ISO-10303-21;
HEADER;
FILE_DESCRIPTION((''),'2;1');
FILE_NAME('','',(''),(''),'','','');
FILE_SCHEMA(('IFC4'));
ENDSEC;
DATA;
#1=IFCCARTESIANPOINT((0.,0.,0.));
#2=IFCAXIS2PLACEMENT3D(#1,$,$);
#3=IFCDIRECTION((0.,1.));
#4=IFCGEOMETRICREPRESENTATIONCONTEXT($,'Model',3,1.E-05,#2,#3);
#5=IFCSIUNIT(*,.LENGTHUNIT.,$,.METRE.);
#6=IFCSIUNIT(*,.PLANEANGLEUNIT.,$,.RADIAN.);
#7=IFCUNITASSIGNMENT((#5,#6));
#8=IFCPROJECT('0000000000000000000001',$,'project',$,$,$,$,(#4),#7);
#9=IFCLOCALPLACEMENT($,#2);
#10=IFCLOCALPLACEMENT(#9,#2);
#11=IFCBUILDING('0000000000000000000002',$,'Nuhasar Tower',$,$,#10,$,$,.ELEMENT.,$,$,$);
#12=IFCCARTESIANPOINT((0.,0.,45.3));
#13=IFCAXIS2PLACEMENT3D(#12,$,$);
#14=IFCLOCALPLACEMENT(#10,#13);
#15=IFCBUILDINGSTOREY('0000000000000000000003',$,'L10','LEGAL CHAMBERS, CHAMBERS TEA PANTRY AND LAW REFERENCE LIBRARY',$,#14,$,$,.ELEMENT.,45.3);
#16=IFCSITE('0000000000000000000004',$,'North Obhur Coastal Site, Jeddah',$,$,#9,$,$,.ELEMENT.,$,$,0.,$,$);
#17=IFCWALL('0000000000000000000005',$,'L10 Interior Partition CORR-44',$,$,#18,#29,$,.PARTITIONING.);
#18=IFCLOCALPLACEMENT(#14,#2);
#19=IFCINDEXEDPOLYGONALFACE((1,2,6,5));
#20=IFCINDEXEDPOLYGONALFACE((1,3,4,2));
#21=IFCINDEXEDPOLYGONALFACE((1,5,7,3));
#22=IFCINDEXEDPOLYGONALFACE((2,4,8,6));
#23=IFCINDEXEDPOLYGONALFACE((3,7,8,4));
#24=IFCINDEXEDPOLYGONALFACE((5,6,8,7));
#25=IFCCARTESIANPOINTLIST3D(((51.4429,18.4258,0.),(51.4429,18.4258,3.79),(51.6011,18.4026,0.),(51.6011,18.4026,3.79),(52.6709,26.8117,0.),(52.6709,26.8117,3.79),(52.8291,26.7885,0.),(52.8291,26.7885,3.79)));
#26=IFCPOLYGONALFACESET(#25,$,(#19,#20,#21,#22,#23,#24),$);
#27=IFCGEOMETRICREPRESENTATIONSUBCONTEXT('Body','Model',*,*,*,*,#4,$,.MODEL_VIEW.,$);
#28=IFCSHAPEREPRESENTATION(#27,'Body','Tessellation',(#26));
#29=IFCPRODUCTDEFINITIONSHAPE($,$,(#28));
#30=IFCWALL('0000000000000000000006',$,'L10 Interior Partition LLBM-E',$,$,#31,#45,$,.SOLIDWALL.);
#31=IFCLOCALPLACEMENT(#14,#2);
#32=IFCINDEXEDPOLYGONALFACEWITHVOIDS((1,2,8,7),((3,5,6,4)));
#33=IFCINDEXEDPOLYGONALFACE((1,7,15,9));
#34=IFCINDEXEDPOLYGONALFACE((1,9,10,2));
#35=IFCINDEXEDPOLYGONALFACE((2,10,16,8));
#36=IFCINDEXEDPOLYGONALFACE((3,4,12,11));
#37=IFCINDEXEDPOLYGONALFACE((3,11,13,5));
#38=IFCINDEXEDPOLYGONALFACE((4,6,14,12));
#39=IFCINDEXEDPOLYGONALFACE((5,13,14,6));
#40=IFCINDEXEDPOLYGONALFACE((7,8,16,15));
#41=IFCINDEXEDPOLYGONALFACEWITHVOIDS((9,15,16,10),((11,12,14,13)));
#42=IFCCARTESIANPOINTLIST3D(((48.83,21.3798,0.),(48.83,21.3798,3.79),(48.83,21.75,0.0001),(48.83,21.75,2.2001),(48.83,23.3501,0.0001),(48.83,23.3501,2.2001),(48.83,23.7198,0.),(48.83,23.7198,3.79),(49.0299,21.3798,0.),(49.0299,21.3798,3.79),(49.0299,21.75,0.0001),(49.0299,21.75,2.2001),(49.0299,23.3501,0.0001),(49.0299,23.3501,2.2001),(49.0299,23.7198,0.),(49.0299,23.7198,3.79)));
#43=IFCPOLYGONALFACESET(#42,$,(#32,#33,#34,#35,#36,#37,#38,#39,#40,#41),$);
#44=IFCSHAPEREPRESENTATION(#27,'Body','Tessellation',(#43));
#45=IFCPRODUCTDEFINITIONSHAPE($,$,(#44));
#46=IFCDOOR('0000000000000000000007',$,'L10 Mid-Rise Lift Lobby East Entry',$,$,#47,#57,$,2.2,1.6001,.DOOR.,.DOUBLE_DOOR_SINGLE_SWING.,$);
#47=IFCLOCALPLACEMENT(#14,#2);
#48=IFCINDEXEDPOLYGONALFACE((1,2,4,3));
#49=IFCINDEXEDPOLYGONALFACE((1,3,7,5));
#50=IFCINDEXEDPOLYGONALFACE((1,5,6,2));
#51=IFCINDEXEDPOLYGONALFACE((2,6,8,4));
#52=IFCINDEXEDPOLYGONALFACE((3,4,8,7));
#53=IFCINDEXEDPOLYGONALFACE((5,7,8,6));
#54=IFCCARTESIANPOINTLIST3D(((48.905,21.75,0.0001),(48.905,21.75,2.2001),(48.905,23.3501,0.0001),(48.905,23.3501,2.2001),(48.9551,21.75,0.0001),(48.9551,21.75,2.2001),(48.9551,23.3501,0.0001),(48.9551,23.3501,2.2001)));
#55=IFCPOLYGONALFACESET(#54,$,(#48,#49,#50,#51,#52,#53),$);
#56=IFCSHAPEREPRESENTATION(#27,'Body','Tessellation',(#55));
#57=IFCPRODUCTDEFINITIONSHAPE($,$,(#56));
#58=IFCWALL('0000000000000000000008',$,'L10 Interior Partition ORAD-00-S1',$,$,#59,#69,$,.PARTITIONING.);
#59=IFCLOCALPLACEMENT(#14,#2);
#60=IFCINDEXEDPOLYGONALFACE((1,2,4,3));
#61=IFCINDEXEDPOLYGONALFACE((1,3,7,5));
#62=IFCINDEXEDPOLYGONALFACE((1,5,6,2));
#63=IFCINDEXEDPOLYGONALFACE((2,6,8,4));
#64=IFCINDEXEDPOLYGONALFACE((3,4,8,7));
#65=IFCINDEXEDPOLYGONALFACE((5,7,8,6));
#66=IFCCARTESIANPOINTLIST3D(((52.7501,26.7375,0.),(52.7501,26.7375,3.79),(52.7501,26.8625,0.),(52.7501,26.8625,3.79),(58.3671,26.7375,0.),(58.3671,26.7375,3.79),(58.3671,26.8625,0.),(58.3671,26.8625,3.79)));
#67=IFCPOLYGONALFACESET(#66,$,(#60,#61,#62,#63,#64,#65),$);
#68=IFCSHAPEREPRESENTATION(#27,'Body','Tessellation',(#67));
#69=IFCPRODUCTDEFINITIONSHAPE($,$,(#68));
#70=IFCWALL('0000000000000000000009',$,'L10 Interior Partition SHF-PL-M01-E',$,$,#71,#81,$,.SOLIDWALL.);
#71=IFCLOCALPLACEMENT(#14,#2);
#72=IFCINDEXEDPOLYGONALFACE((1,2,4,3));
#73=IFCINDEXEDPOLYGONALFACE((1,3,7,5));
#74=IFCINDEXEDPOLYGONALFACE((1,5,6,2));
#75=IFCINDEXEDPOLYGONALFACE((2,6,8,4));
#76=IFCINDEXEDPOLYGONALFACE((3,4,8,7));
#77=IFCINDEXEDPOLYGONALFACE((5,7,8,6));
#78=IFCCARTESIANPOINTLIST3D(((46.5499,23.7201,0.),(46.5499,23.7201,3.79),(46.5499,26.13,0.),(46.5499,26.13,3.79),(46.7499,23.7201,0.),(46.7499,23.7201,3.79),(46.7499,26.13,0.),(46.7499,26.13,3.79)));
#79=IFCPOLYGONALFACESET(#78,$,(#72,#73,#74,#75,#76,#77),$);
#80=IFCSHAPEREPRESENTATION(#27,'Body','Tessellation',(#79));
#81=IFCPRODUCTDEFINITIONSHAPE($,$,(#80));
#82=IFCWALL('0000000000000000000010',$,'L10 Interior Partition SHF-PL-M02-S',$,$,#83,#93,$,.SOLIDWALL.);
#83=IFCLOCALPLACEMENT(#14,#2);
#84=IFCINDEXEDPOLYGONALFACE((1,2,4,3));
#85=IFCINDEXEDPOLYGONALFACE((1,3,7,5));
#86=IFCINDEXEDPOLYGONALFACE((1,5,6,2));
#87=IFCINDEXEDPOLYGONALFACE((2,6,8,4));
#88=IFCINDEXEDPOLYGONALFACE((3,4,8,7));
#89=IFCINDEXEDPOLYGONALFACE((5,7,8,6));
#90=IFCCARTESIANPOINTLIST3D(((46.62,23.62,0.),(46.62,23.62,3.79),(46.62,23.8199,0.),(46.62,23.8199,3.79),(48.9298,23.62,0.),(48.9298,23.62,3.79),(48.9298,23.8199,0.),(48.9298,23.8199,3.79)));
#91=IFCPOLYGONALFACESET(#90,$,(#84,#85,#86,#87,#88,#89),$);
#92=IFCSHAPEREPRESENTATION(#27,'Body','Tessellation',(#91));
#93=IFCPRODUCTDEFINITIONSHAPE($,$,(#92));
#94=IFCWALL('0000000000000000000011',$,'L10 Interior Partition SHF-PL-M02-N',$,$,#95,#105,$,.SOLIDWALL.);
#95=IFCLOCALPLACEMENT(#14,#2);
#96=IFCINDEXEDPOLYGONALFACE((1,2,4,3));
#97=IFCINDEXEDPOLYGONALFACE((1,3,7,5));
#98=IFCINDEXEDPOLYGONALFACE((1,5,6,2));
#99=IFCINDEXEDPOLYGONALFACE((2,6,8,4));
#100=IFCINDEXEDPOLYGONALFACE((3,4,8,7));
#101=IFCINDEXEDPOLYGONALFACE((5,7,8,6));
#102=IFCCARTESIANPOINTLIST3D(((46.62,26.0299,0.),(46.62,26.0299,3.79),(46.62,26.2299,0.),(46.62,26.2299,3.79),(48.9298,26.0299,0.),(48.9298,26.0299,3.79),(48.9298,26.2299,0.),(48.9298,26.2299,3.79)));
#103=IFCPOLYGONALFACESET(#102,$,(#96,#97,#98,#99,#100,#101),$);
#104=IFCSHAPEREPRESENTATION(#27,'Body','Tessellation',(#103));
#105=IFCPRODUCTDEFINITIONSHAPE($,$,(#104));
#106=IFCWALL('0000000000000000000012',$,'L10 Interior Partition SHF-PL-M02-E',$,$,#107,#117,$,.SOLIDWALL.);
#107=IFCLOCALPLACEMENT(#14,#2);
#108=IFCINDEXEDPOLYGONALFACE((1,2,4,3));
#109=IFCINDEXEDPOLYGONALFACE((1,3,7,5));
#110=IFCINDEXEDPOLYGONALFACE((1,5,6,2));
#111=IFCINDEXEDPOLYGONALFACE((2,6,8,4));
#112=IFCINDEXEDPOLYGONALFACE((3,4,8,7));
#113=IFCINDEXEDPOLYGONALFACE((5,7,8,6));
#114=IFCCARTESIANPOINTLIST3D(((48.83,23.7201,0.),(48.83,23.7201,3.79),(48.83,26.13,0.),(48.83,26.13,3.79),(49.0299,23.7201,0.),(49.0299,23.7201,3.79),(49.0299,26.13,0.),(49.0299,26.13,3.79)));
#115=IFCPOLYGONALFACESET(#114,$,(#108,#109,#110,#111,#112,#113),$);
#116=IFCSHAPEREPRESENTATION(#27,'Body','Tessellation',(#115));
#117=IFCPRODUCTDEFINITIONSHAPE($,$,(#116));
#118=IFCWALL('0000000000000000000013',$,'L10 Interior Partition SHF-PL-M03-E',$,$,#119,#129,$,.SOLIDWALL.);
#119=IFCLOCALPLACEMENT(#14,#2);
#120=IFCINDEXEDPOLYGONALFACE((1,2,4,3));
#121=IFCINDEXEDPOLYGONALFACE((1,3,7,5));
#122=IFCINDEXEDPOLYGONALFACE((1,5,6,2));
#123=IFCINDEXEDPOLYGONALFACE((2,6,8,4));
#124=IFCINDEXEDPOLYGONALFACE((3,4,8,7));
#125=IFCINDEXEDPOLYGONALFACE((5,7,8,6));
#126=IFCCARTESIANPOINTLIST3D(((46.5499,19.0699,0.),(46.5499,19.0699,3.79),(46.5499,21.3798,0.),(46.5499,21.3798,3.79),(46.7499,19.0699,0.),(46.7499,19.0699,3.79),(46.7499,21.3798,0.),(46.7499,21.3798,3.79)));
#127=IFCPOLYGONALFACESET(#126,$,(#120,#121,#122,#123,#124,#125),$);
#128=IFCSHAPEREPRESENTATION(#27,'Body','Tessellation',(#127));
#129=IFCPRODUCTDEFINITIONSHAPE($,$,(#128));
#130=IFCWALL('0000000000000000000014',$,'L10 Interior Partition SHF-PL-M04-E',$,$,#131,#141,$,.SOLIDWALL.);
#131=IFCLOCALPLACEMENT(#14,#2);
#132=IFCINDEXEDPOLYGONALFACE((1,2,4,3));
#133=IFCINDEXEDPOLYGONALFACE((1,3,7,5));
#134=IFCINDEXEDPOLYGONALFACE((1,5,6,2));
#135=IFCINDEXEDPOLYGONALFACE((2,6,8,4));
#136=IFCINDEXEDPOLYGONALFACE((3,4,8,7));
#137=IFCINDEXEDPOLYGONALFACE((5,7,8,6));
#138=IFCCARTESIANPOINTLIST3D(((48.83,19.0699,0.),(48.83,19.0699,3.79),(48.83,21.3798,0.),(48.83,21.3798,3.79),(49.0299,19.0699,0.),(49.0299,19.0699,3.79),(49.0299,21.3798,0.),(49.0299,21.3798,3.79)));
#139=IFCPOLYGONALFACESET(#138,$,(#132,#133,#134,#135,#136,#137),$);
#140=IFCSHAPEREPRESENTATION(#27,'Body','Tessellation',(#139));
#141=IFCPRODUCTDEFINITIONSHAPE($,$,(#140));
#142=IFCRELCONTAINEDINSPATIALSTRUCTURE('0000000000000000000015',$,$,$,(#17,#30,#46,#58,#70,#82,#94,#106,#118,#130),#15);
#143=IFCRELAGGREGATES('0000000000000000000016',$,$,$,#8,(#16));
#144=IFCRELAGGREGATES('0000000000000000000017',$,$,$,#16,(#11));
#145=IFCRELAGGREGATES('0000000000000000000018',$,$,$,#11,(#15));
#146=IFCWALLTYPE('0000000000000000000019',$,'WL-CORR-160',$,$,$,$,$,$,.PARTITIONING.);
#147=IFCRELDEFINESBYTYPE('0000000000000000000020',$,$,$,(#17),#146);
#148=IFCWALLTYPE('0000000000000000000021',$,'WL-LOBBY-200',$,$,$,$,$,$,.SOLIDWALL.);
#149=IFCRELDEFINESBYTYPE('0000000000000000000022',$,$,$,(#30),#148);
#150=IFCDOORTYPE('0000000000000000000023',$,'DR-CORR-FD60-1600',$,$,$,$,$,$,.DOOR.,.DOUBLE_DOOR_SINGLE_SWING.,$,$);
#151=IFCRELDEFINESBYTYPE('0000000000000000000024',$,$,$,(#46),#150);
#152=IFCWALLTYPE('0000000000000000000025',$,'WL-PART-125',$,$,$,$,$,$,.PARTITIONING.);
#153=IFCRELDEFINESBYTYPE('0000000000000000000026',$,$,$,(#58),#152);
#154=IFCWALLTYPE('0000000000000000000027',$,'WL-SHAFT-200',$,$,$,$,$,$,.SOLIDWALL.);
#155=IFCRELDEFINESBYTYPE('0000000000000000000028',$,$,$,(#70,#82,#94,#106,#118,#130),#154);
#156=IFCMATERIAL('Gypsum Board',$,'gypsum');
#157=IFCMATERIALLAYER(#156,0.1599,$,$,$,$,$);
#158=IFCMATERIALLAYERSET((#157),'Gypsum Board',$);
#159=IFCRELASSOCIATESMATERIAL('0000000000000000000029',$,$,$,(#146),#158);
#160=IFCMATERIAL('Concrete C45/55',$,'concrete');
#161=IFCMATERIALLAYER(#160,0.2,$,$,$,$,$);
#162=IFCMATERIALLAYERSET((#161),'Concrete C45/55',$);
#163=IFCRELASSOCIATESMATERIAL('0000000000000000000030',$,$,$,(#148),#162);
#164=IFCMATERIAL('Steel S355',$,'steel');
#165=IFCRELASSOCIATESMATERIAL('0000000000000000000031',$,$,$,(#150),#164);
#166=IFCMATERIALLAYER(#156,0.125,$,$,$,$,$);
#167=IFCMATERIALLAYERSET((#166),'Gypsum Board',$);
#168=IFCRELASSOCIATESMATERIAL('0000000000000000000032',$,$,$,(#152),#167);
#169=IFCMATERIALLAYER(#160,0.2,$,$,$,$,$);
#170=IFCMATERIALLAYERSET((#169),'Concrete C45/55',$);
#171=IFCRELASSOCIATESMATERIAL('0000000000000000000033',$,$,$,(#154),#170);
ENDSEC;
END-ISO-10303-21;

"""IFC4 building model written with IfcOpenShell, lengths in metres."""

from ifc_helpers import new_model, si_unit, direction, frame, frame_2d, origin, place, context, subcontext, project, spatial, rectangle, extrude, material, layer, layer_set, type_object, element, fill, save


model = new_model("IFC4")

# Units and contexts
model_context = context("Model", 3, precision=1e-05, world=origin(), true_north=direction((0.0, 1.0)))
body_context = subcontext(model_context, "Body", "Model", "MODEL_VIEW")
ifc_project = project(units=[si_unit("LENGTHUNIT", "METRE"), si_unit("PLANEANGLEUNIT", "RADIAN")], contexts=[model_context])

# Site, building, storey
site_placement = place(None, origin())
site = spatial("IfcSite", under=ifc_project, at=site_placement, Name="North Obhur Coastal Site, Jeddah", CompositionType="ELEMENT", RefElevation=0.0)
building_placement = place(site_placement, origin())
building = spatial("IfcBuilding", under=site, at=building_placement, Name="Nuhasar Tower", CompositionType="ELEMENT")
storey_placement = place(building_placement, frame((0.0, 0.0, 45.3)))
storey = spatial("IfcBuildingStorey", under=building, at=storey_placement, Name="L10", Description="LEGAL CHAMBERS, CHAMBERS TEA PANTRY AND LAW REFERENCE LIBRARY", CompositionType="ELEMENT", Elevation=45.3)

# Shared definitions
ifc_material_1 = material(Name="Steel S355", Category="steel")

# Shared definitions
ifc_material_2 = material(Name="Gypsum Board", Category="gypsum")
ifc_layer_1 = layer(ifc_material_2, 0.1599)
ifc_layer_set_1 = layer_set([ifc_layer_1], Name="Gypsum Board")
wall_type_1 = type_object("IfcWallType", Name="WL-CORR-160", PredefinedType="PARTITIONING", material=ifc_layer_set_1)

# Wall
wall_1_placement = place(storey_placement, frame((51.522, 18.4141, 0.0), z_axis=(0.0, 0.0, 1.0), x_axis=(0.144893, 0.989447, 0.0)))
element("IfcWall", 1, at=wall_1_placement, inside=storey, type_object=wall_type_1, Name="L10 Interior Partition CORR-44", PredefinedType="PARTITIONING", context=body_context, shape_type="SweptSolid", body=[
    extrude(rectangle(XDim=8.4753, YDim=0.1599, at=frame_2d((4.2378, 0.0))), origin(), (0.0, 0.0, 1.0), 3.79),
])

# Wall, opening, door
ifc_material_3 = material(Name="Concrete C45/55", Category="concrete")
ifc_layer_2 = layer(ifc_material_3, 0.2)
ifc_layer_set_2 = layer_set([ifc_layer_2], Name="Concrete C45/55")
wall_type_2 = type_object("IfcWallType", Name="WL-LOBBY-200", PredefinedType="SOLIDWALL", material=ifc_layer_set_2)
wall_2_placement = place(storey_placement, frame((48.9299, 21.3799, 0.0), z_axis=(0.0, 0.0, 1.0), x_axis=(0.0, 1.0, 0.0)))
wall_2 = element("IfcWall", 2, at=wall_2_placement, inside=storey, type_object=wall_type_2, Name="L10 Interior Partition LLBM-E", PredefinedType="SOLIDWALL", context=body_context, shape_type="SweptSolid", body=[
    extrude(rectangle(XDim=2.3401, YDim=0.2, at=frame_2d((1.1699, 0.0))), origin(), (0.0, 0.0, 1.0), 3.79),
])
opening_1_placement = place(wall_2_placement, frame((0.3701, 0.0, 0.0)))
opening_1 = element("IfcOpeningElement", 3, at=opening_1_placement, cuts=wall_2, PredefinedType="OPENING", context=body_context, shape_type="SweptSolid", body=[
    extrude(rectangle(XDim=1.6001, YDim=2.2, at=frame_2d((0.8, 1.1001))), frame((0.0, 0.1099, 0.0), z_axis=(0.0, -1.0, 0.0), x_axis=(1.0, 0.0, 0.0)), (0.0, 0.0, 1.0), 0.22),
])
door_type_1 = type_object("IfcDoorType", Name="DR-CORR-FD60-1600", OperationType="DOUBLE_DOOR_SINGLE_SWING", PredefinedType="DOOR", material=ifc_material_1)
door_1_placement = place(opening_1_placement, origin())
door_1 = element("IfcDoor", 4, at=door_1_placement, inside=storey, type_object=door_type_1, Name="L10 Mid-Rise Lift Lobby East Entry", OperationType="DOUBLE_DOOR_SINGLE_SWING", OverallHeight=2.2, OverallWidth=1.6001, PredefinedType="DOOR", context=body_context, shape_type="SweptSolid", body=[
    extrude(rectangle(XDim=1.6001, YDim=2.2, at=frame_2d((0.8, 1.1001))), frame((0.0, 0.0249, 0.0), z_axis=(0.0, -1.0, 0.0), x_axis=(1.0, 0.0, 0.0)), (0.0, 0.0, 1.0), 0.05),
])
fill(opening_1, door_1)

# Walls
ifc_layer_3 = layer(ifc_material_2, 0.125)
ifc_layer_set_3 = layer_set([ifc_layer_3], Name="Gypsum Board")
wall_type_3 = type_object("IfcWallType", Name="WL-PART-125", PredefinedType="PARTITIONING", material=ifc_layer_set_3)
wall_3_placement = place(storey_placement, frame((52.75, 26.8, 0.0), z_axis=(0.0, 0.0, 1.0), x_axis=(1.0, 0.0, 0.0)))
element("IfcWall", 5, at=wall_3_placement, inside=storey, type_object=wall_type_3, Name="L10 Interior Partition ORAD-00-S1", PredefinedType="PARTITIONING", context=body_context, shape_type="SweptSolid", body=[
    extrude(rectangle(XDim=5.6169, YDim=0.125, at=frame_2d((2.8086, 0.0))), origin(), (0.0, 0.0, 1.0), 3.79),
])
ifc_layer_4 = layer(ifc_material_3, 0.2)
ifc_layer_set_4 = layer_set([ifc_layer_4], Name="Concrete C45/55")
wall_type_4 = type_object("IfcWallType", Name="WL-SHAFT-200", PredefinedType="SOLIDWALL", material=ifc_layer_set_4)
wall_4_placement = place(storey_placement, frame((46.6499, 23.72, 0.0), z_axis=(0.0, 0.0, 1.0), x_axis=(0.0, 1.0, 0.0)))
element("IfcWall", 6, at=wall_4_placement, inside=storey, type_object=wall_type_4, Name="L10 Interior Partition SHF-PL-M01-E", PredefinedType="SOLIDWALL", context=body_context, shape_type="SweptSolid", body=[
    extrude(rectangle(XDim=2.4099, YDim=0.2, at=frame_2d((1.2051, 0.0))), origin(), (0.0, 0.0, 1.0), 3.79),
])
for number, where, z_axis, x_axis, name in (
    (7, (46.6201, 23.72, 0.0), (0.0, 0.0, 1.0), (1.0, 0.0, 0.0), "L10 Interior Partition SHF-PL-M02-S"),
    (8, (46.6201, 26.1299, 0.0), (0.0, 0.0, 1.0), (1.0, 0.0, 0.0), "L10 Interior Partition SHF-PL-M02-N"),
):
    element("IfcWall", number, at=place(storey_placement, frame(where, z_axis=z_axis, x_axis=x_axis)), inside=storey, type_object=wall_type_4, Name=name, PredefinedType="SOLIDWALL", context=body_context, shape_type="SweptSolid", body=[
        extrude(rectangle(XDim=2.3098, YDim=0.2, at=frame_2d((1.1548, 0.0))), origin(), (0.0, 0.0, 1.0), 3.79),
    ])
wall_5_placement = place(storey_placement, frame((48.9299, 23.72, 0.0), z_axis=(0.0, 0.0, 1.0), x_axis=(0.0, 1.0, 0.0)))
element("IfcWall", 9, at=wall_5_placement, inside=storey, type_object=wall_type_4, Name="L10 Interior Partition SHF-PL-M02-E", PredefinedType="SOLIDWALL", context=body_context, shape_type="SweptSolid", body=[
    extrude(rectangle(XDim=2.4099, YDim=0.2, at=frame_2d((1.2051, 0.0))), origin(), (0.0, 0.0, 1.0), 3.79),
])
for number, where, z_axis, x_axis, name in (
    (10, (46.6499, 19.0701, 0.0), (0.0, 0.0, 1.0), (0.0, 1.0, 0.0), "L10 Interior Partition SHF-PL-M03-E"),
    (11, (48.9299, 19.0701, 0.0), (0.0, 0.0, 1.0), (0.0, 1.0, 0.0), "L10 Interior Partition SHF-PL-M04-E"),
):
    element("IfcWall", number, at=place(storey_placement, frame(where, z_axis=z_axis, x_axis=x_axis)), inside=storey, type_object=wall_type_4, Name=name, PredefinedType="SOLIDWALL", context=body_context, shape_type="SweptSolid", body=[
        extrude(rectangle(XDim=2.3098, YDim=0.2, at=frame_2d((1.1548, 0.0))), origin(), (0.0, 0.0, 1.0), 3.79),
    ])

save(model, "model.ifc")
